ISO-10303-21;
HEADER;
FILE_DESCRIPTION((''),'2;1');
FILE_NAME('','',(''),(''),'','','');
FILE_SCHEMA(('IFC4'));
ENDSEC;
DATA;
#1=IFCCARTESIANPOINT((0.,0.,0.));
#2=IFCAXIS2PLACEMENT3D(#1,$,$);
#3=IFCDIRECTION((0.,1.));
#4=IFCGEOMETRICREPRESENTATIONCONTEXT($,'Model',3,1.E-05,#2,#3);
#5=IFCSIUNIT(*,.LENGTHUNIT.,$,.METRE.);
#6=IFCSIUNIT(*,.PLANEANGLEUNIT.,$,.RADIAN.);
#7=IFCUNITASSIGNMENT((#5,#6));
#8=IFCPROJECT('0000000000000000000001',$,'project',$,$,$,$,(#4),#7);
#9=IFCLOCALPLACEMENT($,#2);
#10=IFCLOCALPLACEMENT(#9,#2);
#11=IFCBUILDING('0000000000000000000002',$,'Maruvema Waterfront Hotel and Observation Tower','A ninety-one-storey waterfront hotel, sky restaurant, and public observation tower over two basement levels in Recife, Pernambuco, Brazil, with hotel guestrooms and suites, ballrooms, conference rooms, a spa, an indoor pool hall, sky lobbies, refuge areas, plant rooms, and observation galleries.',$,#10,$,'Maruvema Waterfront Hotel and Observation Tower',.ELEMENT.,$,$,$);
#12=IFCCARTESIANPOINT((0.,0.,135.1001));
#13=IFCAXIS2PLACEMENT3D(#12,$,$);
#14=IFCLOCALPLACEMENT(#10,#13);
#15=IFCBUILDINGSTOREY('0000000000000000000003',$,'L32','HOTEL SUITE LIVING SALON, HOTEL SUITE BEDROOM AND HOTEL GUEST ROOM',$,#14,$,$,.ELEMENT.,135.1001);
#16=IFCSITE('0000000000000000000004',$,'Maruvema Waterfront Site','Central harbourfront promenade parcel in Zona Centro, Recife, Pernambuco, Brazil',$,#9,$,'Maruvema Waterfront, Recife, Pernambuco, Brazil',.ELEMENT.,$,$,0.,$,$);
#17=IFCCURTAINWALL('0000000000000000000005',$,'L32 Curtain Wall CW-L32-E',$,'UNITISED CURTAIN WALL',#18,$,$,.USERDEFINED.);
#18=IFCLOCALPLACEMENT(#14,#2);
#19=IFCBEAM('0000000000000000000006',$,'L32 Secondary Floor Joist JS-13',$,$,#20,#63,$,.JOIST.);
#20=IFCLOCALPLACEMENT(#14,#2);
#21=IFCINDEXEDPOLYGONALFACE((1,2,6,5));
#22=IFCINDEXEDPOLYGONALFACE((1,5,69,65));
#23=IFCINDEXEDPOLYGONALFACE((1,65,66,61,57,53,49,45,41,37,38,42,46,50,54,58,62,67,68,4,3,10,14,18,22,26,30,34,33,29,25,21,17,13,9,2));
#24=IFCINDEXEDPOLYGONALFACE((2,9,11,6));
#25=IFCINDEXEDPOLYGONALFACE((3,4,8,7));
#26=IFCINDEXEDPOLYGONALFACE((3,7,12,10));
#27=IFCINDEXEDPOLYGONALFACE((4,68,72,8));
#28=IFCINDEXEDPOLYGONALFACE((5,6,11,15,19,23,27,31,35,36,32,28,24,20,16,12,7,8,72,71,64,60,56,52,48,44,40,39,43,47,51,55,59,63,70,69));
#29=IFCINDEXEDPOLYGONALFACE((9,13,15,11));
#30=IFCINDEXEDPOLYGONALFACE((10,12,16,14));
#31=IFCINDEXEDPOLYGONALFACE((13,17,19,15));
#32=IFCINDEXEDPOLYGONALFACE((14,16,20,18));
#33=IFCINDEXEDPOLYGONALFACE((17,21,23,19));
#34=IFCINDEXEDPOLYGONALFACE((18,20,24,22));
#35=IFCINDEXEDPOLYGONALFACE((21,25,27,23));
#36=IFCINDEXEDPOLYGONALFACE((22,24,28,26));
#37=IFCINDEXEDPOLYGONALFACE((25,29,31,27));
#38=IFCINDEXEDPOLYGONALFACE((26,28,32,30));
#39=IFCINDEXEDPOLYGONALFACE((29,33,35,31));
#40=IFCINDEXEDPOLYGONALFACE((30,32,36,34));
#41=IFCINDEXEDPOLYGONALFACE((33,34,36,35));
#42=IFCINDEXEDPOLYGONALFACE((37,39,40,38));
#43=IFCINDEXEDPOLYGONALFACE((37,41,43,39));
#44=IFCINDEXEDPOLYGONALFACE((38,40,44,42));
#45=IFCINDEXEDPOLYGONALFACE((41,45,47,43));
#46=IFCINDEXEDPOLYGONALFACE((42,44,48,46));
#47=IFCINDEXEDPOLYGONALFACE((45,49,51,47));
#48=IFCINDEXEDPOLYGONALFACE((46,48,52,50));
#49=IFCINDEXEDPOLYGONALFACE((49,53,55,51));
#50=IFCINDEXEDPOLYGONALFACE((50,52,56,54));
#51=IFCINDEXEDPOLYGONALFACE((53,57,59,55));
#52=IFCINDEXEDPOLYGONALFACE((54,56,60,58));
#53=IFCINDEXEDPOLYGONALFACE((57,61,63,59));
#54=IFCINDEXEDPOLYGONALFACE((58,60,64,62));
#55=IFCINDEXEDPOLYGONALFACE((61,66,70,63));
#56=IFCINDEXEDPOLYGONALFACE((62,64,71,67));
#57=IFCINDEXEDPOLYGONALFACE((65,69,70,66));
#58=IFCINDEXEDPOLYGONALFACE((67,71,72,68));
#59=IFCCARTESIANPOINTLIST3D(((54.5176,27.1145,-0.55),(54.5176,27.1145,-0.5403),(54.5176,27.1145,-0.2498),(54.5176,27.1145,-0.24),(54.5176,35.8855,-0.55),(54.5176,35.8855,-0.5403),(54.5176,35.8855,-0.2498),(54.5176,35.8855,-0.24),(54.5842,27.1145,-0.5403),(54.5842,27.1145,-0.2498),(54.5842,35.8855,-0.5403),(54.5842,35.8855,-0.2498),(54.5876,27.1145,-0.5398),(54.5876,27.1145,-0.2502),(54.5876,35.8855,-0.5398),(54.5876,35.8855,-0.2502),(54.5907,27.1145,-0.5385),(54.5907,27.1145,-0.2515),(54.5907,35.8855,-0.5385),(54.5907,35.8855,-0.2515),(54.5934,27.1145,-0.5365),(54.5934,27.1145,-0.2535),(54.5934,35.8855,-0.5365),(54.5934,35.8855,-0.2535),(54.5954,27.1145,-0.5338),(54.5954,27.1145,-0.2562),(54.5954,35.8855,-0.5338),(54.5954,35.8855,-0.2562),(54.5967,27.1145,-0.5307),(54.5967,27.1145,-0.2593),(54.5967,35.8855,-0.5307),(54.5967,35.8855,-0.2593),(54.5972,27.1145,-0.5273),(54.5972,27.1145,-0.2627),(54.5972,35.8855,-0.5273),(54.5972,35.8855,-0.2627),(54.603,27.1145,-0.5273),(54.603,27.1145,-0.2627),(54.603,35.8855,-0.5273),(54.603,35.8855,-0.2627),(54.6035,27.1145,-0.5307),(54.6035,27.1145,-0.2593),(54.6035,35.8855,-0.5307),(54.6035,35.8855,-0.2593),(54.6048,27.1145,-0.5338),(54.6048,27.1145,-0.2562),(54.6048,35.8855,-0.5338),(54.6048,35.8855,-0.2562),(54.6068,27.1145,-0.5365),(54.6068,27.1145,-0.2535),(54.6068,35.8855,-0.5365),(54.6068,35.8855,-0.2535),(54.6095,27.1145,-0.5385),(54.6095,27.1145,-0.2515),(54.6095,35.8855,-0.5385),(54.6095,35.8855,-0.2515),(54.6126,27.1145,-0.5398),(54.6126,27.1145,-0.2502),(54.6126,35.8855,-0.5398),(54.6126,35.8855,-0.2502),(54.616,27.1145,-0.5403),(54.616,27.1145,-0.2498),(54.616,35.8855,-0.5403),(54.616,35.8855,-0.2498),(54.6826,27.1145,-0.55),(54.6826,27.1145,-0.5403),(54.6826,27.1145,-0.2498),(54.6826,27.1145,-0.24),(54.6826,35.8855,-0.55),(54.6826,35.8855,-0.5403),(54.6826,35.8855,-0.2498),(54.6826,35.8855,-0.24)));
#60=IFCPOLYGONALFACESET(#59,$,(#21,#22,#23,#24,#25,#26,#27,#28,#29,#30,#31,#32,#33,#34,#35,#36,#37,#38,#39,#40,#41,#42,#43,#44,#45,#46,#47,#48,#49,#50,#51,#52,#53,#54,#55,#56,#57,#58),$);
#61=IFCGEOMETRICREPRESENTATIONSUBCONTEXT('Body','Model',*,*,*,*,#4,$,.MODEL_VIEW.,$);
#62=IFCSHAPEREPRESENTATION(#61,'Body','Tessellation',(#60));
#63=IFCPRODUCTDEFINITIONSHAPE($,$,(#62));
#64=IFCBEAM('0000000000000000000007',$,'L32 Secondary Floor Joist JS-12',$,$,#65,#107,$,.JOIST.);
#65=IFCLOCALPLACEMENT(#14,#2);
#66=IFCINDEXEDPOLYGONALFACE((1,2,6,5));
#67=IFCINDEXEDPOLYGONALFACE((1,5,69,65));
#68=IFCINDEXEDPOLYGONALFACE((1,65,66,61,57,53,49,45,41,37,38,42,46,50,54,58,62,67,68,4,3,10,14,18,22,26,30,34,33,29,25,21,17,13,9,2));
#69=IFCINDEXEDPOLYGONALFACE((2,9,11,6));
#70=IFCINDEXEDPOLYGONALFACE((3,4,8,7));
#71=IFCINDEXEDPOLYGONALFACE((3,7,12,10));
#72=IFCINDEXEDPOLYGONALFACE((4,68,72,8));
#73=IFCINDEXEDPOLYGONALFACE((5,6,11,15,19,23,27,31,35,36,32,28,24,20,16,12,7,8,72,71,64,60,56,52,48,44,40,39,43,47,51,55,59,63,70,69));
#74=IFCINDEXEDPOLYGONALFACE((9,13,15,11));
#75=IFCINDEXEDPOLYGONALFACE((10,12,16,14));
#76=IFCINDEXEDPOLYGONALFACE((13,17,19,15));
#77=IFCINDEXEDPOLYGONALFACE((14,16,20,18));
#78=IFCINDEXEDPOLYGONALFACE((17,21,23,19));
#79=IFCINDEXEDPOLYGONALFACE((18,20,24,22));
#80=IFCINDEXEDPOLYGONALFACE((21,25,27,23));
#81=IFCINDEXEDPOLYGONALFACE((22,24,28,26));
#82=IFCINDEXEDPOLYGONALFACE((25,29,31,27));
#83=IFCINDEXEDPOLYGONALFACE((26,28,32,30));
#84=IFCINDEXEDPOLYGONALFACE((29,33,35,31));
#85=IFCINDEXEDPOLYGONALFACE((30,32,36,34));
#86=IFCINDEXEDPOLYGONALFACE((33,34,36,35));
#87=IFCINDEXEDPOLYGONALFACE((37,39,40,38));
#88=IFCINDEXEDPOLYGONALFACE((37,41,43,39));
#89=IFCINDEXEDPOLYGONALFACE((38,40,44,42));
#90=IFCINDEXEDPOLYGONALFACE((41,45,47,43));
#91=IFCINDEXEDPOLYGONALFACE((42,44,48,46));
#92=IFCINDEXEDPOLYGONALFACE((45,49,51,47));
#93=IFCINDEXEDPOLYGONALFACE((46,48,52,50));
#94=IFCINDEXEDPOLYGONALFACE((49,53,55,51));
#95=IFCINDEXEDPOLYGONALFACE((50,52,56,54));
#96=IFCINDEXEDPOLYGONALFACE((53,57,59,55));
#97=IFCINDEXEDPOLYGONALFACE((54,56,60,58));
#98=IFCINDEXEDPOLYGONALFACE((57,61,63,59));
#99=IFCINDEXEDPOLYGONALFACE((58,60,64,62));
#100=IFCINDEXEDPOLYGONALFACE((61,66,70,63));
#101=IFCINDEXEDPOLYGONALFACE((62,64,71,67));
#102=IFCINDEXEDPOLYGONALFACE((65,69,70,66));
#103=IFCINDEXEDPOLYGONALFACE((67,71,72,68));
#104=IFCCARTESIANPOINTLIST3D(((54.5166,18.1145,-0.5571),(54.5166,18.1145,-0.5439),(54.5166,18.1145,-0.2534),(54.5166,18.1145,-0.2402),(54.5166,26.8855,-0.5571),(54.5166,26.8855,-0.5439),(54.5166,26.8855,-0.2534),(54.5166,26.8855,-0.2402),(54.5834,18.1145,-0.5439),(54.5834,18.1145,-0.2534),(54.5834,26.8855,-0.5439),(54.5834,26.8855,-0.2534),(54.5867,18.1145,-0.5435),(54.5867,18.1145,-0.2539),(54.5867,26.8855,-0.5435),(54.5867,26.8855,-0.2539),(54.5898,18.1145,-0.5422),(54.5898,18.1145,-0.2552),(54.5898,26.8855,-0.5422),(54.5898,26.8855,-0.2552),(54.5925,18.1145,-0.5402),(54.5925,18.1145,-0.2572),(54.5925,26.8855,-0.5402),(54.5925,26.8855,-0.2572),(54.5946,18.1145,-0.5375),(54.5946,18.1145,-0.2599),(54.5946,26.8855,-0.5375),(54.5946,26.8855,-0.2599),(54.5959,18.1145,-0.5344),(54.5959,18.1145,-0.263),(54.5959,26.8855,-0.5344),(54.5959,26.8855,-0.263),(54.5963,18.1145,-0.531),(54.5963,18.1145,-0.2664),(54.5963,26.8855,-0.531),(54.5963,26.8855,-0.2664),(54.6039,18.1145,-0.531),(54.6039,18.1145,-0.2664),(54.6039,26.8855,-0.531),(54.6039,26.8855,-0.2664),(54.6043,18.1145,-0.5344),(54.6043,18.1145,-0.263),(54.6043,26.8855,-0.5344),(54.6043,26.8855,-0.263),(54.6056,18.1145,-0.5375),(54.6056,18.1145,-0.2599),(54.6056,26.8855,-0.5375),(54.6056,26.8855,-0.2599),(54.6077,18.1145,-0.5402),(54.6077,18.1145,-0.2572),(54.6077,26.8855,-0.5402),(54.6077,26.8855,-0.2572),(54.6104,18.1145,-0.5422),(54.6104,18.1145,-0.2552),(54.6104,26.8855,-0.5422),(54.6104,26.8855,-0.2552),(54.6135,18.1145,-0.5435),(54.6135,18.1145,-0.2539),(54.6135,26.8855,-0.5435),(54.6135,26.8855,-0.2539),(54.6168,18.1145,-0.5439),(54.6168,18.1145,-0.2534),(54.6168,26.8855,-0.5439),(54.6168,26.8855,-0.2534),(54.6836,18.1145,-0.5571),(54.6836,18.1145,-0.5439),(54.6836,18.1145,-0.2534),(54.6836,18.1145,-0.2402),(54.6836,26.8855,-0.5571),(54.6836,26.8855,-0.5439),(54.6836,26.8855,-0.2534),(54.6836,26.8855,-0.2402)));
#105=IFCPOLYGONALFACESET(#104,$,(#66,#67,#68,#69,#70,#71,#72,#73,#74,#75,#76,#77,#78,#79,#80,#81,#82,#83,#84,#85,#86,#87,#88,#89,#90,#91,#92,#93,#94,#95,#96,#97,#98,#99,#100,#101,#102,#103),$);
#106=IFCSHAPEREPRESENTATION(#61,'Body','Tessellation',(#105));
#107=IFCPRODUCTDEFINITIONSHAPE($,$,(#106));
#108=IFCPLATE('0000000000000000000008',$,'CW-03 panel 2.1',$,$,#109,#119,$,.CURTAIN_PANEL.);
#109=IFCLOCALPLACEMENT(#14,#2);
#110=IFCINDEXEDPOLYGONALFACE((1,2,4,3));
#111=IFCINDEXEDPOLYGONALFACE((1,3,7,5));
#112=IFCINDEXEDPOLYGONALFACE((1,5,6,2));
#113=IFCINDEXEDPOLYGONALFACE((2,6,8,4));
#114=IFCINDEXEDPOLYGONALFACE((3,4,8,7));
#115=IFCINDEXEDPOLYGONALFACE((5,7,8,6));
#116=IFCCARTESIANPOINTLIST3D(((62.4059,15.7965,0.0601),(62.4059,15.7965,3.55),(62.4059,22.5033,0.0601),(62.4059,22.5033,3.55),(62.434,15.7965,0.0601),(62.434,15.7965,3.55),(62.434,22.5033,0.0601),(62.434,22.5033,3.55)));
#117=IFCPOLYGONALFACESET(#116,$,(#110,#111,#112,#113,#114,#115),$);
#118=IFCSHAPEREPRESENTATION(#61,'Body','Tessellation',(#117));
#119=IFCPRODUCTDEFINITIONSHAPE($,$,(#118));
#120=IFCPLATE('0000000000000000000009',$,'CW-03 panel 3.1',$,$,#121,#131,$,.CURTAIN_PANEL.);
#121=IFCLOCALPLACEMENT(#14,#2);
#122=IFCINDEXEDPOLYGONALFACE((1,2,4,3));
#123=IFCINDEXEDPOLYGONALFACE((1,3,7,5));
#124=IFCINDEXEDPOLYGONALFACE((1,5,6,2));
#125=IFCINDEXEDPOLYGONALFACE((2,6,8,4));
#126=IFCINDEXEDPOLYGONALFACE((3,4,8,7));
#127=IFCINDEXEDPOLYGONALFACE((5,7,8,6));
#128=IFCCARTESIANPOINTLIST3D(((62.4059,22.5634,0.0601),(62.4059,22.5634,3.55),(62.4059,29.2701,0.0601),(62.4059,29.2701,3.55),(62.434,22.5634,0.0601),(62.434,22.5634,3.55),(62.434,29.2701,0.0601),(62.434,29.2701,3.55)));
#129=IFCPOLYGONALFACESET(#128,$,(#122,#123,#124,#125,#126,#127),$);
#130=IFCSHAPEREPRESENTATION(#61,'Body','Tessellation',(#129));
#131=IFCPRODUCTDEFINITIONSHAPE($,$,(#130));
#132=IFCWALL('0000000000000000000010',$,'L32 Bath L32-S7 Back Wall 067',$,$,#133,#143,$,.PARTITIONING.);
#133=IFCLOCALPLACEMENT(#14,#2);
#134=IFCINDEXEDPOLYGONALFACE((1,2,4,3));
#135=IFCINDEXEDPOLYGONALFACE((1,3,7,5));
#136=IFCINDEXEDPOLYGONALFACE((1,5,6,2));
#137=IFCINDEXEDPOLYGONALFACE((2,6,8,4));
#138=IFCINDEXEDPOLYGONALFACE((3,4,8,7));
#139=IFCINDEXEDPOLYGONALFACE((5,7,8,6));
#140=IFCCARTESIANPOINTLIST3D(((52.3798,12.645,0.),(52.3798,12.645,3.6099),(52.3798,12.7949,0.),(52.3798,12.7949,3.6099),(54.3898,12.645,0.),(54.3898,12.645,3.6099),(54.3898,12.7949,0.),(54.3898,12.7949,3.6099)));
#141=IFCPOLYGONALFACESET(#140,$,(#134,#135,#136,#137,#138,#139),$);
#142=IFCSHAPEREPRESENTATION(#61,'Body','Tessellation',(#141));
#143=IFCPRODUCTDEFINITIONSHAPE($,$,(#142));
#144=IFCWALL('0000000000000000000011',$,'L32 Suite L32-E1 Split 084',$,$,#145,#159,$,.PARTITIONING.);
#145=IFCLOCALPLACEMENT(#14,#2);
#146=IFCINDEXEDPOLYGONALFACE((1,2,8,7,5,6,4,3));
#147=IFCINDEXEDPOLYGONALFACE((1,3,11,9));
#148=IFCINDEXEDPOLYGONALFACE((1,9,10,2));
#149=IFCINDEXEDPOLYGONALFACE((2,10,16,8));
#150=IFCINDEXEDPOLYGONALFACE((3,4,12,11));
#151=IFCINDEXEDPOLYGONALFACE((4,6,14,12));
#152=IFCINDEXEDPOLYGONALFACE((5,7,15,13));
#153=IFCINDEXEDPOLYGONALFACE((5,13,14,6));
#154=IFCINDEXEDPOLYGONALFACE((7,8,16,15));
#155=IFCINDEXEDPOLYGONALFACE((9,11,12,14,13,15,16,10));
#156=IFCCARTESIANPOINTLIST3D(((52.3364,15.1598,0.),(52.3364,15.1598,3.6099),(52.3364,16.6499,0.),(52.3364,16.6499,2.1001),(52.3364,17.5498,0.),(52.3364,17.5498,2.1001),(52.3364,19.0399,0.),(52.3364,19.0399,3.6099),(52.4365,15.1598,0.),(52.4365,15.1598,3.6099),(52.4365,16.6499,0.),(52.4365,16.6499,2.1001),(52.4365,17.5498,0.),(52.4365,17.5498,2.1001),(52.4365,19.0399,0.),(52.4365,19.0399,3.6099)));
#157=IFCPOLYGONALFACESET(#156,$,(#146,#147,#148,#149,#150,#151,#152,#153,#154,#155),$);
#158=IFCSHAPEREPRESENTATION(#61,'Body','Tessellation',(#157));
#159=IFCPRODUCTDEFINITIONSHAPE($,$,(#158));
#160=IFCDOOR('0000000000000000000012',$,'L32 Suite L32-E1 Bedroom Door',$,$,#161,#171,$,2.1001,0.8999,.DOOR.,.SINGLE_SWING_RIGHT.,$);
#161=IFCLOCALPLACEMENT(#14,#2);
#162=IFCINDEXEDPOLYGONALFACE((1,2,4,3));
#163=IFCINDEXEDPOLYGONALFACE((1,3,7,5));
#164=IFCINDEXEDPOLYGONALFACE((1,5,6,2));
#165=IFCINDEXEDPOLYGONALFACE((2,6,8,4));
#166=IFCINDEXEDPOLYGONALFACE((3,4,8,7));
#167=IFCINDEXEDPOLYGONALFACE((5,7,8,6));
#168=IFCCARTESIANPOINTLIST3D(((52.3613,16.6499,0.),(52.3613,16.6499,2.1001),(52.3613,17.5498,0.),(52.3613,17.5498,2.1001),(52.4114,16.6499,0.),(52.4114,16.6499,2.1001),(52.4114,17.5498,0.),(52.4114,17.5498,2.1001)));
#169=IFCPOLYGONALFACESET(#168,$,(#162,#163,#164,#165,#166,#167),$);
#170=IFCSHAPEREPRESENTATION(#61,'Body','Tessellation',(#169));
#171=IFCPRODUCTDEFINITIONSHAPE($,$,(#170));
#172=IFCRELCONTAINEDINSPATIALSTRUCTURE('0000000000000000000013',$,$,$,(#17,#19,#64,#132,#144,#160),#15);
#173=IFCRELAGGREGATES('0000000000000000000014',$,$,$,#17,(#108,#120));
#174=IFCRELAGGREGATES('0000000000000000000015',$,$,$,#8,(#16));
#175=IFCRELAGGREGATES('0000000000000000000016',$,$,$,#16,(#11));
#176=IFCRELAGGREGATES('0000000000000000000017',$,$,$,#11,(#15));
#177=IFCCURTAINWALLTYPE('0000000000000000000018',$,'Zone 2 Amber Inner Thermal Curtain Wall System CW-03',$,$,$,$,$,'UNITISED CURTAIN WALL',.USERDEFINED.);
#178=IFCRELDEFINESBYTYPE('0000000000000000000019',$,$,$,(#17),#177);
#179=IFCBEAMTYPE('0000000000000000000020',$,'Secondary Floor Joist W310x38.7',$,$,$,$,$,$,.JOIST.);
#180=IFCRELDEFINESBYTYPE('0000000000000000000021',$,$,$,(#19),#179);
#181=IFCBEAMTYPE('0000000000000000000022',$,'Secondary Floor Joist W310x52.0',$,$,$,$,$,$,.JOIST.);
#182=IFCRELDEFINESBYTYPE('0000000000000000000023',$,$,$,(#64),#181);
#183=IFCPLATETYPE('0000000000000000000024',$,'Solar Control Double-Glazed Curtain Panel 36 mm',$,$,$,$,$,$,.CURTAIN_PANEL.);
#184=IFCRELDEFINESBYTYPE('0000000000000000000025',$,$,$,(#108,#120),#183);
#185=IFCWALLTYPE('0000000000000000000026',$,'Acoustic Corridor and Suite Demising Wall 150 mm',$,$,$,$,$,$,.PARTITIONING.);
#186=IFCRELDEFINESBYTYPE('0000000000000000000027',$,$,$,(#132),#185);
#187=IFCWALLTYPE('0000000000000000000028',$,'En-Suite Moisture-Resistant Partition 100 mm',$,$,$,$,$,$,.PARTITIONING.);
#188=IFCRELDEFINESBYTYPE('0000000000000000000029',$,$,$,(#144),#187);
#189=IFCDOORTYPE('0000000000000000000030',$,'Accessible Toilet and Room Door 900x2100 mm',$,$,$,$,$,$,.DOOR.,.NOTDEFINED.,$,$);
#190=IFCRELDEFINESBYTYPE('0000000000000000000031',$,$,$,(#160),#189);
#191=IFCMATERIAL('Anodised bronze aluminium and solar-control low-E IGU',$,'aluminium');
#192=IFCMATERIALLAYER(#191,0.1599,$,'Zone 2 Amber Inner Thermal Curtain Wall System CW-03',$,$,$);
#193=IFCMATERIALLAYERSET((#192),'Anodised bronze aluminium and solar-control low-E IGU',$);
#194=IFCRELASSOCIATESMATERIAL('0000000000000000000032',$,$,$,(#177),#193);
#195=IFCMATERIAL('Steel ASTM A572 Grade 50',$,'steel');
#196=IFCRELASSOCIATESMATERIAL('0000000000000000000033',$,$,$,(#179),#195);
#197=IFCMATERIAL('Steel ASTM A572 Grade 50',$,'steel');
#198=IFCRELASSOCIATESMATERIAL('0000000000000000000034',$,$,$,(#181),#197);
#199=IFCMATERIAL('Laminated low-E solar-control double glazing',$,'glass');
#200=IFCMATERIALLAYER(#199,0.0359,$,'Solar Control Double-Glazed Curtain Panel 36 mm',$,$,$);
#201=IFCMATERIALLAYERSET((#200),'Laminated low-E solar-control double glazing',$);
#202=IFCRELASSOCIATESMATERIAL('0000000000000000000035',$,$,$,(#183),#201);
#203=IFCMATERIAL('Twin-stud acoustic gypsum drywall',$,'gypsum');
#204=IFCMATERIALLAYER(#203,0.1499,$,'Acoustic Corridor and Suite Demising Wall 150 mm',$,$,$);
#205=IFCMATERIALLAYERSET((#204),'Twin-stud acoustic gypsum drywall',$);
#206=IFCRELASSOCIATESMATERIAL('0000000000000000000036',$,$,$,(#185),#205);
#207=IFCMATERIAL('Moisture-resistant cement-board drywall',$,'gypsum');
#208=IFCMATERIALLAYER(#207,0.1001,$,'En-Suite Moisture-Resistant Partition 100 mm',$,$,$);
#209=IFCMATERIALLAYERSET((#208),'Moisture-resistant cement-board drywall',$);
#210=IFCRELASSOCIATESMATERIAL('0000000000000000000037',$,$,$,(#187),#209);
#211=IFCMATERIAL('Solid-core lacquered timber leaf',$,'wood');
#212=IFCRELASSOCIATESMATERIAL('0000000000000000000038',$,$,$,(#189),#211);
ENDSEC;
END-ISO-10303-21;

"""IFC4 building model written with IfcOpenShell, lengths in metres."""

from ifc_helpers import new_model, si_unit, direction, frame, frame_2d, origin, origin_2d, place, context, subcontext, project, spatial, rectangle, i_section, extrude, material, layer, layer_set, material_profile, profile_set, type_object, element, fill, aggregate, save


model = new_model("IFC4")

# Units and contexts
model_context = context("Model", 3, precision=1e-05, world=origin(), true_north=direction((0.0, 1.0)))
body_context = subcontext(model_context, "Body", "Model", "MODEL_VIEW")
ifc_project = project(units=[si_unit("LENGTHUNIT", "METRE"), si_unit("PLANEANGLEUNIT", "RADIAN")], contexts=[model_context])

# Site, building, storey
site_placement = place(None, origin())
site = spatial("IfcSite", under=ifc_project, at=site_placement, Name="Maruvema Waterfront Site", Description="Central harbourfront promenade parcel in Zona Centro, Recife, Pernambuco, Brazil", LongName="Maruvema Waterfront, Recife, Pernambuco, Brazil", CompositionType="ELEMENT", RefElevation=0.0)
building_placement = place(site_placement, origin())
building = spatial("IfcBuilding", under=site, at=building_placement, Name="Maruvema Waterfront Hotel and Observation Tower", Description="A ninety-one-storey waterfront hotel, sky restaurant, and public observation tower over two basement levels in Recife, Pernambuco, Brazil, with hotel guestrooms and suites, ballrooms, conference rooms, a spa, an indoor pool hall, sky lobbies, refuge areas, plant rooms, and observation galleries.", LongName="Maruvema Waterfront Hotel and Observation Tower", CompositionType="ELEMENT")
storey_placement = place(building_placement, frame((0.0, 0.0, 135.1001)))
storey = spatial("IfcBuildingStorey", under=building, at=storey_placement, Name="L32", Description="HOTEL SUITE LIVING SALON, HOTEL SUITE BEDROOM AND HOTEL GUEST ROOM", CompositionType="ELEMENT", Elevation=135.1001)

# Curtain wall
ifc_material_1 = material(Name="Anodised bronze aluminium and solar-control low-E IGU", Category="aluminium")
ifc_layer_1 = layer(ifc_material_1, 0.1599, Name="Zone 2 Amber Inner Thermal Curtain Wall System CW-03")
ifc_layer_set_1 = layer_set([ifc_layer_1], Name="Anodised bronze aluminium and solar-control low-E IGU")
curtain_wall_type = type_object("IfcCurtainWallType", Name="Zone 2 Amber Inner Thermal Curtain Wall System CW-03", ElementType="UNITISED CURTAIN WALL", PredefinedType="USERDEFINED", material=ifc_layer_set_1)
curtain_wall_placement = place(storey_placement, origin())
curtain_wall = element("IfcCurtainWall", 1, at=curtain_wall_placement, inside=storey, type_object=curtain_wall_type, Name="L32 Curtain Wall CW-L32-E", ObjectType="UNITISED CURTAIN WALL", PredefinedType="USERDEFINED")

# Beams
ifc_material_2 = material(Name="Steel ASTM A572 Grade 50", Category="steel")
ifc_material_profile_1 = material_profile(ifc_material_2, i_section(OverallWidth=0.165, OverallDepth=0.3101, WebThickness=0.0059, FlangeThickness=0.0098, FilletRadius=0.0129, at=origin_2d()), Name="W310x38.7")
ifc_profile_set_1 = profile_set([ifc_material_profile_1], Name="Steel ASTM A572 Grade 50")
beam_type_1 = type_object("IfcBeamType", Name="Secondary Floor Joist W310x38.7", PredefinedType="JOIST", material=ifc_profile_set_1)
beam_1_placement = place(storey_placement, frame((54.6001, 27.1145, -0.395), z_axis=(0.0, 1.0, 0.0), x_axis=(-1.0, 0.0, 0.0)))
element("IfcBeam", 2, at=beam_1_placement, inside=storey, type_object=beam_type_1, Name="L32 Secondary Floor Joist JS-13", PredefinedType="JOIST", context=body_context, shape_type="SweptSolid", body=[
    extrude(i_section(OverallWidth=0.165, OverallDepth=0.3101, WebThickness=0.0059, FlangeThickness=0.0098, FilletRadius=0.0129, at=origin_2d()), origin(), (0.0, 0.0, 1.0), 8.771),
])
ifc_material_3 = material(Name="Steel ASTM A572 Grade 50", Category="steel")
ifc_material_profile_2 = material_profile(ifc_material_3, i_section(OverallWidth=0.167, OverallDepth=0.3169, WebThickness=0.0076, FlangeThickness=0.0132, FilletRadius=0.0129, at=origin_2d()), Name="W310x52.0")
ifc_profile_set_2 = profile_set([ifc_material_profile_2], Name="Steel ASTM A572 Grade 50")
beam_type_2 = type_object("IfcBeamType", Name="Secondary Floor Joist W310x52.0", PredefinedType="JOIST", material=ifc_profile_set_2)
beam_2_placement = place(storey_placement, frame((54.6001, 18.1145, -0.3987), z_axis=(0.0, 1.0, 0.0), x_axis=(-1.0, 0.0, 0.0)))
element("IfcBeam", 3, at=beam_2_placement, inside=storey, type_object=beam_type_2, Name="L32 Secondary Floor Joist JS-12", PredefinedType="JOIST", context=body_context, shape_type="SweptSolid", body=[
    extrude(i_section(OverallWidth=0.167, OverallDepth=0.3169, WebThickness=0.0076, FlangeThickness=0.0132, FilletRadius=0.0129, at=origin_2d()), origin(), (0.0, 0.0, 1.0), 8.771),
])

# Plates
ifc_material_4 = material(Name="Laminated low-E solar-control double glazing", Category="glass")
ifc_layer_2 = layer(ifc_material_4, 0.0359, Name="Solar Control Double-Glazed Curtain Panel 36 mm")
ifc_layer_set_2 = layer_set([ifc_layer_2], Name="Laminated low-E solar-control double glazing")
plate_type = type_object("IfcPlateType", Name="Solar Control Double-Glazed Curtain Panel 36 mm", PredefinedType="CURTAIN_PANEL", material=ifc_layer_set_2)
plate_1_placement = place(storey_placement, frame((62.4199, 19.1499, 0.0601), z_axis=(0.0, 0.0, 1.0), x_axis=(0.0, 1.0, 0.0)))
plate_1 = element("IfcPlate", 4, at=plate_1_placement, type_object=plate_type, Name="CW-03 panel 2.1", PredefinedType="CURTAIN_PANEL", context=body_context, shape_type="SweptSolid", body=[
    extrude(rectangle(XDim=6.7068, YDim=0.0281, at=origin_2d()), origin(), (0.0, 0.0, 1.0), 3.49),
])
plate_2_placement = place(storey_placement, frame((62.4199, 25.9167, 0.0601), z_axis=(0.0, 0.0, 1.0), x_axis=(0.0, 1.0, 0.0)))
plate_2 = element("IfcPlate", 5, at=plate_2_placement, type_object=plate_type, Name="CW-03 panel 3.1", PredefinedType="CURTAIN_PANEL", context=body_context, shape_type="SweptSolid", body=[
    extrude(rectangle(XDim=6.7068, YDim=0.0281, at=origin_2d()), origin(), (0.0, 0.0, 1.0), 3.49),
])
aggregate(curtain_wall, [plate_1, plate_2])

# Wall
ifc_material_5 = material(Name="Twin-stud acoustic gypsum drywall", Category="gypsum")
ifc_layer_3 = layer(ifc_material_5, 0.1499, Name="Acoustic Corridor and Suite Demising Wall 150 mm")
ifc_layer_set_3 = layer_set([ifc_layer_3], Name="Twin-stud acoustic gypsum drywall")
wall_type_1 = type_object("IfcWallType", Name="Acoustic Corridor and Suite Demising Wall 150 mm", PredefinedType="PARTITIONING", material=ifc_layer_set_3)
wall_1_placement = place(storey_placement, frame((52.3799, 12.72, 0.0), z_axis=(0.0, 0.0, 1.0), x_axis=(1.0, 0.0, 0.0)))
element("IfcWall", 6, at=wall_1_placement, inside=storey, type_object=wall_type_1, Name="L32 Bath L32-S7 Back Wall 067", PredefinedType="PARTITIONING", context=body_context, shape_type="SweptSolid", body=[
    extrude(rectangle(XDim=2.01, YDim=0.1499, at=frame_2d((1.0049, 0.0))), origin(), (0.0, 0.0, 1.0), 3.6099),
])

# Wall, opening, door
ifc_material_6 = material(Name="Moisture-resistant cement-board drywall", Category="gypsum")
ifc_layer_4 = layer(ifc_material_6, 0.1001, Name="En-Suite Moisture-Resistant Partition 100 mm")
ifc_layer_set_4 = layer_set([ifc_layer_4], Name="Moisture-resistant cement-board drywall")
wall_type_2 = type_object("IfcWallType", Name="En-Suite Moisture-Resistant Partition 100 mm", PredefinedType="PARTITIONING", material=ifc_layer_set_4)
wall_2_placement = place(storey_placement, frame((52.3865, 15.1599, 0.0), z_axis=(0.0, 0.0, 1.0), x_axis=(0.0, 1.0, 0.0)))
wall_2 = element("IfcWall", 7, at=wall_2_placement, inside=storey, type_object=wall_type_2, Name="L32 Suite L32-E1 Split 084", PredefinedType="PARTITIONING", context=body_context, shape_type="SweptSolid", body=[
    extrude(rectangle(XDim=3.8801, YDim=0.1001, at=frame_2d((1.9399, 0.0))), origin(), (0.0, 0.0, 1.0), 3.6099),
])
opening_1_placement = place(wall_2_placement, frame((1.49, 0.0, 0.0)))
opening_1 = element("IfcOpeningElement", 8, at=opening_1_placement, cuts=wall_2, PredefinedType="OPENING", context=body_context, shape_type="SweptSolid", body=[
    extrude(rectangle(XDim=0.8999, YDim=2.1001, at=frame_2d((0.45, 1.05))), frame((0.0, 0.0601, 0.0), z_axis=(0.0, -1.0, 0.0), x_axis=(1.0, 0.0, 0.0)), (0.0, 0.0, 1.0), 0.1201),
])
ifc_material_7 = material(Name="Solid-core lacquered timber leaf", Category="wood")
door_type_1 = type_object("IfcDoorType", Name="Accessible Toilet and Room Door 900x2100 mm", OperationType="NOTDEFINED", PredefinedType="DOOR", material=ifc_material_7)
door_1_placement = place(opening_1_placement, frame((0.8999, 0.0, 0.0), z_axis=(0.0, 0.0, 1.0), x_axis=(-1.0, 0.0, 0.0)))
door_1 = element("IfcDoor", 9, at=door_1_placement, inside=storey, type_object=door_type_1, Name="L32 Suite L32-E1 Bedroom Door", OperationType="SINGLE_SWING_RIGHT", OverallHeight=2.1001, OverallWidth=0.8999, PredefinedType="DOOR", context=body_context, shape_type="SweptSolid", body=[
    extrude(rectangle(XDim=0.8999, YDim=2.1001, at=frame_2d((0.45, 1.05))), frame((0.0, 0.0249, 0.0), z_axis=(0.0, -1.0, 0.0), x_axis=(1.0, 0.0, 0.0)), (0.0, 0.0, 1.0), 0.05),
])
fill(opening_1, door_1)

save(model, "model.ifc")
